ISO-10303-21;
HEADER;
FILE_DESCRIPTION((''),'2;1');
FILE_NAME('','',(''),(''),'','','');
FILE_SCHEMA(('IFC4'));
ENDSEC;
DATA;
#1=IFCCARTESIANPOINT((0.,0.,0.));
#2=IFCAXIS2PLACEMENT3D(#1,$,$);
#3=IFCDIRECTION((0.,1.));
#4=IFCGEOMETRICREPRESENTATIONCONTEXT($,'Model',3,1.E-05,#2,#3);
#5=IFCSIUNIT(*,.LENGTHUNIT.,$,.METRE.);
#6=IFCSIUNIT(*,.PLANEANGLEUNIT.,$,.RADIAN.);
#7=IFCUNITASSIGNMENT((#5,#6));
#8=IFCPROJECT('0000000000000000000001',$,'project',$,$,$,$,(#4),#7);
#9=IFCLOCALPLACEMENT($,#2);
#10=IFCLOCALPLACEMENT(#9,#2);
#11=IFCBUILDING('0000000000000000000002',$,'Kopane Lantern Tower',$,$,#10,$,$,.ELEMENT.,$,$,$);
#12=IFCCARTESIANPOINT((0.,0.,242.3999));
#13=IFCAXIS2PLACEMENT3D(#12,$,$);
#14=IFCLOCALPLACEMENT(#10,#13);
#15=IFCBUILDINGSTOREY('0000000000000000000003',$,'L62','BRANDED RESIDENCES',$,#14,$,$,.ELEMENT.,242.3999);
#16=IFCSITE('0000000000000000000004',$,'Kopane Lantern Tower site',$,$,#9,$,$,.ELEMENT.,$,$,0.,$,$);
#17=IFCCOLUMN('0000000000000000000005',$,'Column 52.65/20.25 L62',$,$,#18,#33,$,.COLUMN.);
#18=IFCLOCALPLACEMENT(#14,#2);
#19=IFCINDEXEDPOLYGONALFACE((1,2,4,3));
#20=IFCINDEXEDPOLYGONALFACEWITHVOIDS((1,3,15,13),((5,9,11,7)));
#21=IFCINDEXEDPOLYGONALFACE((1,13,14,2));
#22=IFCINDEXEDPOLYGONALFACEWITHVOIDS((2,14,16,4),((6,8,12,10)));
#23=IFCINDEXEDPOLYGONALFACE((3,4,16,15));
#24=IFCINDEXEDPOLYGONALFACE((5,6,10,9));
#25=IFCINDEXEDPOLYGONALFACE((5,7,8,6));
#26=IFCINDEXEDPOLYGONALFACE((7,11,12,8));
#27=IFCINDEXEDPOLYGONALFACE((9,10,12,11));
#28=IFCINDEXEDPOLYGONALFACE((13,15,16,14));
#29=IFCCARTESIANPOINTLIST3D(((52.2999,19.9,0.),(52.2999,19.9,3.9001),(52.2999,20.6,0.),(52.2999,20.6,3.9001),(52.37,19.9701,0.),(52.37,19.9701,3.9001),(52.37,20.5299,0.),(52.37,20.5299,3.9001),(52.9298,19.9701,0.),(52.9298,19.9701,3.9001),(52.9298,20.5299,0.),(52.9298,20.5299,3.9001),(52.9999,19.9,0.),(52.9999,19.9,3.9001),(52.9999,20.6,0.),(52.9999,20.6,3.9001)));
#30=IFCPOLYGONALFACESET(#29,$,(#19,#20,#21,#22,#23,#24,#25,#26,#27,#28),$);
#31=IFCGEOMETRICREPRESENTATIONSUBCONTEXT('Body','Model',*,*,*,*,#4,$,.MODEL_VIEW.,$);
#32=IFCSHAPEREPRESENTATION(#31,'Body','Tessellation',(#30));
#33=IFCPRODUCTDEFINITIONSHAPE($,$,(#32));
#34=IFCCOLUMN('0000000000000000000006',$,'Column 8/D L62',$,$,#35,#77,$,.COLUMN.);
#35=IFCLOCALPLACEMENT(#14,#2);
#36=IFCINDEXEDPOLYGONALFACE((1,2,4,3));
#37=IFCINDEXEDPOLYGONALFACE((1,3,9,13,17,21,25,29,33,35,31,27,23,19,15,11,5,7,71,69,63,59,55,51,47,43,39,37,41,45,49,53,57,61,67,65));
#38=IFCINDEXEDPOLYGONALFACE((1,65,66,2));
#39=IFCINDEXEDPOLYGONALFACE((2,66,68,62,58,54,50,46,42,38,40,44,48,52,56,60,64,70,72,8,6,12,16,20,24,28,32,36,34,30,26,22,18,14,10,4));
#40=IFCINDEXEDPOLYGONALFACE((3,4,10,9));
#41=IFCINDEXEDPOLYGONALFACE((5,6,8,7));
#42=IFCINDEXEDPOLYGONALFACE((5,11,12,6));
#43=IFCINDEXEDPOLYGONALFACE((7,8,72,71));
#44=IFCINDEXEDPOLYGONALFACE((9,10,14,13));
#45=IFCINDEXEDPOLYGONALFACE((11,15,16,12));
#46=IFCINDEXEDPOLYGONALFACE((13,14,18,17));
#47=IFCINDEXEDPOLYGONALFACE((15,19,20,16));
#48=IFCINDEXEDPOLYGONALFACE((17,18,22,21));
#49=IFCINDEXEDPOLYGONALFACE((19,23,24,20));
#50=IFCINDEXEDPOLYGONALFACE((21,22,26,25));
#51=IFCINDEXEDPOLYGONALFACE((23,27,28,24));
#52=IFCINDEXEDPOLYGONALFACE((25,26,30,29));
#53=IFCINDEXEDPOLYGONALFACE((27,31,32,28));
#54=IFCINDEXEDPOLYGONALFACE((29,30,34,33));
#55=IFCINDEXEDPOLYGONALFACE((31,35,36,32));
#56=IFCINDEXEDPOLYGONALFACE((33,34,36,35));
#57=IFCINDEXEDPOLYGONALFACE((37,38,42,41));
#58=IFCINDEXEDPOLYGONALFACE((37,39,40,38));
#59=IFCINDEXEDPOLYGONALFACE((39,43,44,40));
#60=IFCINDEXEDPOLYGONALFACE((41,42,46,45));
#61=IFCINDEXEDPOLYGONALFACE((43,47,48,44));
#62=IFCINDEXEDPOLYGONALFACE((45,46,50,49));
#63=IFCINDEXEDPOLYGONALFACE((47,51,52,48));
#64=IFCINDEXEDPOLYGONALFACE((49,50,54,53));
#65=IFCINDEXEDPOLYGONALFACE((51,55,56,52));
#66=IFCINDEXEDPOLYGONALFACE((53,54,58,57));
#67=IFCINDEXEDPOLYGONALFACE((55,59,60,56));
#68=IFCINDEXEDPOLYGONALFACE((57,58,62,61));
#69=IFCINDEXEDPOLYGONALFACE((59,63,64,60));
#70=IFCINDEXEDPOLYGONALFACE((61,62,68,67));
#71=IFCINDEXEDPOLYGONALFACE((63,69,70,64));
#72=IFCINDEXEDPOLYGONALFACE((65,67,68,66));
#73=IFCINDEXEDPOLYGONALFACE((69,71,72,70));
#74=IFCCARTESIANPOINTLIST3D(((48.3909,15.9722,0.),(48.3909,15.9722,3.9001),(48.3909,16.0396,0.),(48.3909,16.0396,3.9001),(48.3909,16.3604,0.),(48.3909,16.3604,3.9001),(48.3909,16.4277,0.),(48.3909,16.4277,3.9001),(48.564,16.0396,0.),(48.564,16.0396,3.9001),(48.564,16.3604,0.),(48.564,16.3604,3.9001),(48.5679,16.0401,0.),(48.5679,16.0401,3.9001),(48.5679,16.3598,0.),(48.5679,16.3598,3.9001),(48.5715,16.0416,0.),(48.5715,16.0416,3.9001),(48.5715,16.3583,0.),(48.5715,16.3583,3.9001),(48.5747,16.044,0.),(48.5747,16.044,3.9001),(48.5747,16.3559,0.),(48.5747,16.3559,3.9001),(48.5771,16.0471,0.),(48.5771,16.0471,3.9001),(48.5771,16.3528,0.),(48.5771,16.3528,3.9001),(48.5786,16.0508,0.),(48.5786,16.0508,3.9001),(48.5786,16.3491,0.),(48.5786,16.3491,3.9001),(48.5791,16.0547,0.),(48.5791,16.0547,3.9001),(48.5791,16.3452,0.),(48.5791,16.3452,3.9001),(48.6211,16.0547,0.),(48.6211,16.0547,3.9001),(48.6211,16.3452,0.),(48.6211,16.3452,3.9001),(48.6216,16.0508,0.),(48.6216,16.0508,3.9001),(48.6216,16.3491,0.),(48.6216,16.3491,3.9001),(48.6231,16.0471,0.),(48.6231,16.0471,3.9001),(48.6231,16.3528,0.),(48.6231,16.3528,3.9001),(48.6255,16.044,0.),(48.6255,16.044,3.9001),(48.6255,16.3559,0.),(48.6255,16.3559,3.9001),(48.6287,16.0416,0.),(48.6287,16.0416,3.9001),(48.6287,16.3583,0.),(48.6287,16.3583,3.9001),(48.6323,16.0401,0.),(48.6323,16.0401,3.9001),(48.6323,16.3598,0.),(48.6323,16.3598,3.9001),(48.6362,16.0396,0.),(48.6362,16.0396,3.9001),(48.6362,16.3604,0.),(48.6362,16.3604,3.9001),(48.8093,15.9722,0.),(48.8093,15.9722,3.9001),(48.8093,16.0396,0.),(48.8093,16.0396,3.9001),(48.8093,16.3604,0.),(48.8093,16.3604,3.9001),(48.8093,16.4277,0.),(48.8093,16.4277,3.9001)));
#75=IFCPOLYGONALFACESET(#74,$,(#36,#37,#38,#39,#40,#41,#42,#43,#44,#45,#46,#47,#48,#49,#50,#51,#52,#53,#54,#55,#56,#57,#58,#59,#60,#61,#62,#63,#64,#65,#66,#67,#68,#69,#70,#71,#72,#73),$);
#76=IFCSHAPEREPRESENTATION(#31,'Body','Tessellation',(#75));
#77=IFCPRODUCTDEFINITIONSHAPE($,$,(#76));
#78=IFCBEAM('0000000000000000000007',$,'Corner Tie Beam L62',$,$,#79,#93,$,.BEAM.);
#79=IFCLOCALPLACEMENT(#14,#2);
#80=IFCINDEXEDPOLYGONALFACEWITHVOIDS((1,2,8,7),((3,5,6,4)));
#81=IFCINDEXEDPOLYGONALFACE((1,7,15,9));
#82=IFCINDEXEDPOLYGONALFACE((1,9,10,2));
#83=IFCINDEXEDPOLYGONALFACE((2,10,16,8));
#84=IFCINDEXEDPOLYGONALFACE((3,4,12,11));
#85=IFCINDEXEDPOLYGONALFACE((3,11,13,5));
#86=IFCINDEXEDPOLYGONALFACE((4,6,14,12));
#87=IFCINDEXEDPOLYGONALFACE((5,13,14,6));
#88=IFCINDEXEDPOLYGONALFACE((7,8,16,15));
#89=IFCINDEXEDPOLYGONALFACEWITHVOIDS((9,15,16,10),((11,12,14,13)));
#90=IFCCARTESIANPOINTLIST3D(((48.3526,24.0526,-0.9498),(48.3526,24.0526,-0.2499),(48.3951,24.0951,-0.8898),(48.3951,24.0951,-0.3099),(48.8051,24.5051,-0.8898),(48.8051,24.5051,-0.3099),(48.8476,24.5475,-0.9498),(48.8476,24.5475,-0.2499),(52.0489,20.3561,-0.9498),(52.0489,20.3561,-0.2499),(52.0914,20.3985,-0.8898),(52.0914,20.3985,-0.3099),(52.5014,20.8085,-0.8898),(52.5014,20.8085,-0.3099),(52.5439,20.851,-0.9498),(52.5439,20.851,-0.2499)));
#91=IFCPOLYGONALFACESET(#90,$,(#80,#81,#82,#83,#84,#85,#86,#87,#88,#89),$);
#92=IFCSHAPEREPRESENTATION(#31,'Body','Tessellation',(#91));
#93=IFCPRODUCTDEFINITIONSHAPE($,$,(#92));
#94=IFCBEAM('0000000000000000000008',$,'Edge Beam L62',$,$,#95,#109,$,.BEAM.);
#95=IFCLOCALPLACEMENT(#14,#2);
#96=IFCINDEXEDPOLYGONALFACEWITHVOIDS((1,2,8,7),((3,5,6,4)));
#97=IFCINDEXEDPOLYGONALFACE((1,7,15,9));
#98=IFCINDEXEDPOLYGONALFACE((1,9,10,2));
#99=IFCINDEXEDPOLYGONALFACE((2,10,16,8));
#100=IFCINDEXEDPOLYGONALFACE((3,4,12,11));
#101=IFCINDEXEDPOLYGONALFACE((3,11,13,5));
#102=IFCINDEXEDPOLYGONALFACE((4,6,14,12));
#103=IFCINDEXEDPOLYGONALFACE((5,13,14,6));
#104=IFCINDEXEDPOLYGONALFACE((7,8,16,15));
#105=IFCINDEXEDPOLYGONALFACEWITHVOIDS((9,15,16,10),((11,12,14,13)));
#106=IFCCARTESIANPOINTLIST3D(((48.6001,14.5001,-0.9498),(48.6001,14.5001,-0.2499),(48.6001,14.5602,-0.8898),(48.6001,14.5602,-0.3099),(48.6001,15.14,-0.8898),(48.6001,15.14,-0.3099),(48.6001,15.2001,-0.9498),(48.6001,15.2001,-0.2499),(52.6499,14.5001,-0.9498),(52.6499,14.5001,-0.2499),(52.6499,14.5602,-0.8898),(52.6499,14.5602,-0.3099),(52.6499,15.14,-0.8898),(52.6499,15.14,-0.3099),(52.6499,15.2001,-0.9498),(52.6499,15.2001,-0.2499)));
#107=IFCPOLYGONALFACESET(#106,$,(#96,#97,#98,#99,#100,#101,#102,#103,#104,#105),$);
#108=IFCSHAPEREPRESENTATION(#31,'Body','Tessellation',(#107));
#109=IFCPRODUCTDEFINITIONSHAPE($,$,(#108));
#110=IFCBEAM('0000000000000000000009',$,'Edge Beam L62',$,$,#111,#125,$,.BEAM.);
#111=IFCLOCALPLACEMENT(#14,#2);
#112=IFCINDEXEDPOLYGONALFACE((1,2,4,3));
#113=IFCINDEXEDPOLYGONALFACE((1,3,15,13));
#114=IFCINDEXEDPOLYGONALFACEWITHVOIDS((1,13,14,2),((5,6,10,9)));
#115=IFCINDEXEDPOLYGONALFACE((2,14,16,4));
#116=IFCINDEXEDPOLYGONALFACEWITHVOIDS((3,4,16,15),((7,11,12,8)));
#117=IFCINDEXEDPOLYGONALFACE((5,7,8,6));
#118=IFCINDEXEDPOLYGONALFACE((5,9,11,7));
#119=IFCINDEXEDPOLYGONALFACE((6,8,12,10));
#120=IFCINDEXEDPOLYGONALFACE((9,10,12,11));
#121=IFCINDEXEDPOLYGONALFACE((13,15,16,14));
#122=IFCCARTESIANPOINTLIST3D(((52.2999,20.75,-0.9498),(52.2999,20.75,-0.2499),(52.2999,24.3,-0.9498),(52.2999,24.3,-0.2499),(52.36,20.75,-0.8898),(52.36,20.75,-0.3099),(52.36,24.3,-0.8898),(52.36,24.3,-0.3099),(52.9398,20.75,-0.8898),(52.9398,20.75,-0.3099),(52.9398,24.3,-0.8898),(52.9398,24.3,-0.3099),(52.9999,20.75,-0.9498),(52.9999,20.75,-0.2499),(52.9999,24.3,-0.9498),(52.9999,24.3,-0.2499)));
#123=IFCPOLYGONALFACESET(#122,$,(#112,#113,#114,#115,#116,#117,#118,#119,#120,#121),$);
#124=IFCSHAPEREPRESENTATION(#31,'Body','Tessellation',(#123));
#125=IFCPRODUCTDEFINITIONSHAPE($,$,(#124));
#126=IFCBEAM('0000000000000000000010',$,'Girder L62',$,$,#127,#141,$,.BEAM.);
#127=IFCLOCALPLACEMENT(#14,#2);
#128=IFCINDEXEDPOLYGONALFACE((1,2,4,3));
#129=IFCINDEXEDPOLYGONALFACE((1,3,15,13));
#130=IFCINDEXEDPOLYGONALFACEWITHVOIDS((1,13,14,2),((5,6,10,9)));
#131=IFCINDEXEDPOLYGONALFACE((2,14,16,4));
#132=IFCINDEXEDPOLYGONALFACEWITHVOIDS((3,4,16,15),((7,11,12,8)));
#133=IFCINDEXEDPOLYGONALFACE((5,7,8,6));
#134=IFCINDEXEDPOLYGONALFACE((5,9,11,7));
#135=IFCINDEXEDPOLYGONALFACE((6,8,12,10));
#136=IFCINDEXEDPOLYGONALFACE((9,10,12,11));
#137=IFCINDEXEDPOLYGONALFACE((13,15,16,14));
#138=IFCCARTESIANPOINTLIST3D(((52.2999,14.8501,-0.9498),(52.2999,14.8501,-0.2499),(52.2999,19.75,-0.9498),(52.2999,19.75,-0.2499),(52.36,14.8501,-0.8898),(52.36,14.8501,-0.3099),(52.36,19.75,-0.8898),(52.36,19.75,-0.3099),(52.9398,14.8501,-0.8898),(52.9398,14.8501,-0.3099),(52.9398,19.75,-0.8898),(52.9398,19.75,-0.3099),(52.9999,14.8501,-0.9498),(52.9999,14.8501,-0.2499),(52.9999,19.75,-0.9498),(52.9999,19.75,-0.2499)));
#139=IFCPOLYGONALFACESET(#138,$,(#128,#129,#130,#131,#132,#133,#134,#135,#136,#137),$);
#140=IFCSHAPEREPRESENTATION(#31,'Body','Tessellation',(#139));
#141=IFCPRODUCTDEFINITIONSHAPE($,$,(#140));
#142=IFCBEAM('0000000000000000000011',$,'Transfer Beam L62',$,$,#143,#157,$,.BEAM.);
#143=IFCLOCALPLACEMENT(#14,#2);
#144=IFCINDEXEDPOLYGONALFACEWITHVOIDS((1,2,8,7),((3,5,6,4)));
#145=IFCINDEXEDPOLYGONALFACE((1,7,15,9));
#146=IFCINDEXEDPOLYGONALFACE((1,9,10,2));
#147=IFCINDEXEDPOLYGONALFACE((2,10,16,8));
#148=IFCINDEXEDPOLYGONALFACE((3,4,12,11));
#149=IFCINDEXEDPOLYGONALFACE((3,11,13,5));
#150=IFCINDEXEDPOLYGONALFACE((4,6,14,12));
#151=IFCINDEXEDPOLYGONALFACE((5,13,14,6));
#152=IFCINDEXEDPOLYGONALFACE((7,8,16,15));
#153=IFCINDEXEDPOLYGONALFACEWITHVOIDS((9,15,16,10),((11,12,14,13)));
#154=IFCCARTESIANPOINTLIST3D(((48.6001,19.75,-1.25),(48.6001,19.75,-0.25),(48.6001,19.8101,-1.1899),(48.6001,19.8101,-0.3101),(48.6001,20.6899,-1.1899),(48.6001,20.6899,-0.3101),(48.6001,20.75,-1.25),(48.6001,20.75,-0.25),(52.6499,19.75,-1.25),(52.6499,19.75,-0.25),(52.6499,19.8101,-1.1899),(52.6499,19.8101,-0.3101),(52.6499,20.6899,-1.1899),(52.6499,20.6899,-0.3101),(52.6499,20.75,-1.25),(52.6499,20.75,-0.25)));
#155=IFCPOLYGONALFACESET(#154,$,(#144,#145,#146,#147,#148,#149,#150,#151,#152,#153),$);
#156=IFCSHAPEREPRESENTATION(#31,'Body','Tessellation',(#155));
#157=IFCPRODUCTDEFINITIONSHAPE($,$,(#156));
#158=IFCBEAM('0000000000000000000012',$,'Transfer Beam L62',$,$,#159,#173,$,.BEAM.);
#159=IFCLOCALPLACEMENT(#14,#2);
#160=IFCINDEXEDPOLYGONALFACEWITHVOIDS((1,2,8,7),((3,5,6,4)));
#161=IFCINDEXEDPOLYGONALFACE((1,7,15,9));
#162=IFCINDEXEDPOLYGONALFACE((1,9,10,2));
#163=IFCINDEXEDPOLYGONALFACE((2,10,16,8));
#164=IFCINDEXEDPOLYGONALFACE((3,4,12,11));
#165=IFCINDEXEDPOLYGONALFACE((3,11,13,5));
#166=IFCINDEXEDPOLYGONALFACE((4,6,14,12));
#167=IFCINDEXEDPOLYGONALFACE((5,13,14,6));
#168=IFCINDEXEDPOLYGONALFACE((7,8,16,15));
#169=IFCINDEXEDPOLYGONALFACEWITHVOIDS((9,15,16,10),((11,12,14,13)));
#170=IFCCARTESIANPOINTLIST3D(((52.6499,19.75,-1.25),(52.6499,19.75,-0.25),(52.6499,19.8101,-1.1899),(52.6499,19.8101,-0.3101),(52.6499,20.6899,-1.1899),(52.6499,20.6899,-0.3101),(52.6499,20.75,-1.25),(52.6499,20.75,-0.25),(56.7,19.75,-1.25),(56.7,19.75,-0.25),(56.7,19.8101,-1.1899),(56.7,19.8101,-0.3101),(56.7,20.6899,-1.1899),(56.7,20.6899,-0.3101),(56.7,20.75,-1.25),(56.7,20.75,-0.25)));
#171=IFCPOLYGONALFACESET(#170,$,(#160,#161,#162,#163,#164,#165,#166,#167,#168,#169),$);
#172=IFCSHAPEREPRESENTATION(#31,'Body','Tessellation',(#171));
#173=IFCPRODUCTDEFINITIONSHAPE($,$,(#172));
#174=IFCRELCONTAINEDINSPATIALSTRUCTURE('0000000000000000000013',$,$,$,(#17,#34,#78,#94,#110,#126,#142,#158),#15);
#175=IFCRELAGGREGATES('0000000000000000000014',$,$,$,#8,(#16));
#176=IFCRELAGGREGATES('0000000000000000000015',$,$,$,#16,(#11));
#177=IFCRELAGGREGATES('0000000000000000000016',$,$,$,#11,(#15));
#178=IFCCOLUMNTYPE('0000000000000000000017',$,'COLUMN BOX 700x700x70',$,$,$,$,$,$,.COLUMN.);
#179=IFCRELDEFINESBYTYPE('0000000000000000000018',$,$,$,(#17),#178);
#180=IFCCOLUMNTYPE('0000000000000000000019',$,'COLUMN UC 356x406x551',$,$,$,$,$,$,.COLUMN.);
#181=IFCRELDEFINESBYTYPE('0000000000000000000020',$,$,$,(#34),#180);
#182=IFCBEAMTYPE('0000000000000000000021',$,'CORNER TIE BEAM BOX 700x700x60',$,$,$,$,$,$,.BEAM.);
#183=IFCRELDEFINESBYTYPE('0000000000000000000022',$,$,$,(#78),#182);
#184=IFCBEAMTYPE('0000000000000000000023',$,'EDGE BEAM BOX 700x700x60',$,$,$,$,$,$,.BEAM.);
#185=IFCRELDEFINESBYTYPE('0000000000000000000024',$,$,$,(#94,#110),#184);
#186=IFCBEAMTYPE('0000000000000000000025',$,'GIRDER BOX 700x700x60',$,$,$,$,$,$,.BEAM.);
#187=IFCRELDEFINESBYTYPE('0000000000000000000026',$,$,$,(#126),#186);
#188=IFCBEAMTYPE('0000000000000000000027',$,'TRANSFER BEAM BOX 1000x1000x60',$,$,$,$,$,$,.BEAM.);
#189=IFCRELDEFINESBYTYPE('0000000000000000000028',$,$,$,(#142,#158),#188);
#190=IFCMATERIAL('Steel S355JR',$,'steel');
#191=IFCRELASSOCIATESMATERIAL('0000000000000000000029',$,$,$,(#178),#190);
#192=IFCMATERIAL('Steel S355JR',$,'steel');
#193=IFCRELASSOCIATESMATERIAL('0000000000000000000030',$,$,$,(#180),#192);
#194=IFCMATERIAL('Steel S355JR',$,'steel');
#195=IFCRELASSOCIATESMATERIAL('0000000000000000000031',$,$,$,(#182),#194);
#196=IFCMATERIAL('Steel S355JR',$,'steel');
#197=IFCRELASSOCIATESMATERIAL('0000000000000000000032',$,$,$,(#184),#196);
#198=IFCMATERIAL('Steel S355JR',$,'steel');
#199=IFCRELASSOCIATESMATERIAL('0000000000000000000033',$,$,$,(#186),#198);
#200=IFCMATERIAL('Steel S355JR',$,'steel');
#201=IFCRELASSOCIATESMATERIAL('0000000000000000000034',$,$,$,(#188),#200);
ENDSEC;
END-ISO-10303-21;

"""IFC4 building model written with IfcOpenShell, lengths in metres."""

from ifc_helpers import new_model, si_unit, direction, frame, origin, origin_2d, place, context, subcontext, project, spatial, hollow_rectangle, i_section, extrude, material, material_profile, profile_set, type_object, element, save


model = new_model("IFC4")

# Units and contexts
model_context = context("Model", 3, precision=1e-05, world=origin(), true_north=direction((0.0, 1.0)))
body_context = subcontext(model_context, "Body", "Model", "MODEL_VIEW")
ifc_project = project(units=[si_unit("LENGTHUNIT", "METRE"), si_unit("PLANEANGLEUNIT", "RADIAN")], contexts=[model_context])

# Site, building, storey
site_placement = place(None, origin())
site = spatial("IfcSite", under=ifc_project, at=site_placement, Name="Kopane Lantern Tower site", CompositionType="ELEMENT", RefElevation=0.0)
building_placement = place(site_placement, origin())
building = spatial("IfcBuilding", under=site, at=building_placement, Name="Kopane Lantern Tower", CompositionType="ELEMENT")
storey_placement = place(building_placement, frame((0.0, 0.0, 242.3999)))
storey = spatial("IfcBuildingStorey", under=building, at=storey_placement, Name="L62", Description="BRANDED RESIDENCES", CompositionType="ELEMENT", Elevation=242.3999)

# Columns
ifc_material_1 = material(Name="Steel S355JR", Category="steel")
ifc_material_profile_1 = material_profile(ifc_material_1, hollow_rectangle(XDim=0.7, YDim=0.7, WallThickness=0.0701, at=origin_2d()), Name="BOX 700x700x70")
ifc_profile_set_1 = profile_set([ifc_material_profile_1], Name="Steel S355JR")
column_type_1 = type_object("IfcColumnType", Name="COLUMN BOX 700x700x70", PredefinedType="COLUMN", material=ifc_profile_set_1)
column_1_placement = place(storey_placement, frame((52.6499, 20.25, 0.0), z_axis=(0.0, 0.0, 1.0), x_axis=(1.0, 0.0, 0.0)))
element("IfcColumn", 1, at=column_1_placement, inside=storey, type_object=column_type_1, Name="Column 52.65/20.25 L62", PredefinedType="COLUMN", context=body_context, shape_type="SweptSolid", body=[
    extrude(hollow_rectangle(XDim=0.7, YDim=0.7, WallThickness=0.0701, at=origin_2d()), origin(), (0.0, 0.0, 1.0), 3.9001),
])
ifc_material_2 = material(Name="Steel S355JR", Category="steel")
ifc_material_profile_2 = material_profile(ifc_material_2, i_section(OverallWidth=0.4185, OverallDepth=0.4556, WebThickness=0.042, FlangeThickness=0.0674, FilletRadius=0.0151, at=origin_2d()), Name="UC 356x406x551")
ifc_profile_set_2 = profile_set([ifc_material_profile_2], Name="Steel S355JR")
column_type_2 = type_object("IfcColumnType", Name="COLUMN UC 356x406x551", PredefinedType="COLUMN", material=ifc_profile_set_2)
column_2_placement = place(storey_placement, frame((48.6001, 16.2, 0.0), z_axis=(0.0, 0.0, 1.0), x_axis=(1.0, 0.0, 0.0)))
element("IfcColumn", 2, at=column_2_placement, inside=storey, type_object=column_type_2, Name="Column 8/D L62", PredefinedType="COLUMN", context=body_context, shape_type="SweptSolid", body=[
    extrude(i_section(OverallWidth=0.4185, OverallDepth=0.4556, WebThickness=0.042, FlangeThickness=0.0674, FilletRadius=0.0151, at=origin_2d()), origin(), (0.0, 0.0, 1.0), 3.9001),
])

# Beams
ifc_material_3 = material(Name="Steel S355JR", Category="steel")
ifc_material_profile_3 = material_profile(ifc_material_3, hollow_rectangle(XDim=0.7, YDim=0.7, WallThickness=0.0601, at=origin_2d()), Name="BOX 700x700x60")
ifc_profile_set_3 = profile_set([ifc_material_profile_3], Name="Steel S355JR")
beam_type_1 = type_object("IfcBeamType", Name="CORNER TIE BEAM BOX 700x700x60", PredefinedType="BEAM", material=ifc_profile_set_3)
beam_1_placement = place(storey_placement, frame((52.2964, 20.6035, -0.5999), z_axis=(-0.707083, 0.70713, 0.0), x_axis=(-0.70713, -0.707083, 0.0)))
element("IfcBeam", 3, at=beam_1_placement, inside=storey, type_object=beam_type_1, Name="Corner Tie Beam L62", PredefinedType="BEAM", context=body_context, shape_type="SweptSolid", body=[
    extrude(hollow_rectangle(XDim=0.7, YDim=0.7, WallThickness=0.0601, at=origin_2d()), origin(), (0.0, 0.0, 1.0), 5.2275),
])
ifc_material_4 = material(Name="Steel S355JR", Category="steel")
ifc_material_profile_4 = material_profile(ifc_material_4, hollow_rectangle(XDim=0.7, YDim=0.7, WallThickness=0.0601, at=origin_2d()), Name="BOX 700x700x60")
ifc_profile_set_4 = profile_set([ifc_material_profile_4], Name="Steel S355JR")
beam_type_2 = type_object("IfcBeamType", Name="EDGE BEAM BOX 700x700x60", PredefinedType="BEAM", material=ifc_profile_set_4)
beam_2_placement = place(storey_placement, frame((52.6499, 14.8501, -0.5999), z_axis=(-1.0, 0.0, 0.0), x_axis=(0.0, -1.0, 0.0)))
element("IfcBeam", 4, at=beam_2_placement, inside=storey, type_object=beam_type_2, Name="Edge Beam L62", PredefinedType="BEAM", context=body_context, shape_type="SweptSolid", body=[
    extrude(hollow_rectangle(XDim=0.7, YDim=0.7, WallThickness=0.0601, at=origin_2d()), origin(), (0.0, 0.0, 1.0), 4.0498),
])
beam_3_placement = place(storey_placement, frame((52.6499, 20.75, -0.5999), z_axis=(0.0, 1.0, 0.0), x_axis=(-1.0, 0.0, 0.0)))
element("IfcBeam", 5, at=beam_3_placement, inside=storey, type_object=beam_type_2, Name="Edge Beam L62", PredefinedType="BEAM", context=body_context, shape_type="SweptSolid", body=[
    extrude(hollow_rectangle(XDim=0.7, YDim=0.7, WallThickness=0.0601, at=origin_2d()), origin(), (0.0, 0.0, 1.0), 3.55),
])
ifc_material_5 = material(Name="Steel S355JR", Category="steel")
ifc_material_profile_5 = material_profile(ifc_material_5, hollow_rectangle(XDim=0.7, YDim=0.7, WallThickness=0.0601, at=origin_2d()), Name="BOX 700x700x60")
ifc_profile_set_5 = profile_set([ifc_material_profile_5], Name="Steel S355JR")
beam_type_3 = type_object("IfcBeamType", Name="GIRDER BOX 700x700x60", PredefinedType="BEAM", material=ifc_profile_set_5)
beam_4_placement = place(storey_placement, frame((52.6499, 14.8501, -0.5999), z_axis=(0.0, 1.0, 0.0), x_axis=(-1.0, 0.0, 0.0)))
element("IfcBeam", 6, at=beam_4_placement, inside=storey, type_object=beam_type_3, Name="Girder L62", PredefinedType="BEAM", context=body_context, shape_type="SweptSolid", body=[
    extrude(hollow_rectangle(XDim=0.7, YDim=0.7, WallThickness=0.0601, at=origin_2d()), origin(), (0.0, 0.0, 1.0), 4.8999),
])
ifc_material_6 = material(Name="Steel S355JR", Category="steel")
ifc_material_profile_6 = material_profile(ifc_material_6, hollow_rectangle(XDim=1.0, YDim=1.0, WallThickness=0.0601, at=origin_2d()), Name="BOX 1000x1000x60")
ifc_profile_set_6 = profile_set([ifc_material_profile_6], Name="Steel S355JR")
beam_type_4 = type_object("IfcBeamType", Name="TRANSFER BEAM BOX 1000x1000x60", PredefinedType="BEAM", material=ifc_profile_set_6)
beam_5_placement = place(storey_placement, frame((48.6001, 20.25, -0.75), z_axis=(1.0, 0.0, 0.0), x_axis=(0.0, 1.0, 0.0)))
element("IfcBeam", 7, at=beam_5_placement, inside=storey, type_object=beam_type_4, Name="Transfer Beam L62", PredefinedType="BEAM", context=body_context, shape_type="SweptSolid", body=[
    extrude(hollow_rectangle(XDim=1.0, YDim=1.0, WallThickness=0.0601, at=origin_2d()), origin(), (0.0, 0.0, 1.0), 4.0498),
])
beam_6_placement = place(storey_placement, frame((52.6499, 20.25, -0.75), z_axis=(1.0, 0.0, 0.0), x_axis=(0.0, 1.0, 0.0)))
element("IfcBeam", 8, at=beam_6_placement, inside=storey, type_object=beam_type_4, Name="Transfer Beam L62", PredefinedType="BEAM", context=body_context, shape_type="SweptSolid", body=[
    extrude(hollow_rectangle(XDim=1.0, YDim=1.0, WallThickness=0.0601, at=origin_2d()), origin(), (0.0, 0.0, 1.0), 4.05),
])

save(model, "model.ifc")
